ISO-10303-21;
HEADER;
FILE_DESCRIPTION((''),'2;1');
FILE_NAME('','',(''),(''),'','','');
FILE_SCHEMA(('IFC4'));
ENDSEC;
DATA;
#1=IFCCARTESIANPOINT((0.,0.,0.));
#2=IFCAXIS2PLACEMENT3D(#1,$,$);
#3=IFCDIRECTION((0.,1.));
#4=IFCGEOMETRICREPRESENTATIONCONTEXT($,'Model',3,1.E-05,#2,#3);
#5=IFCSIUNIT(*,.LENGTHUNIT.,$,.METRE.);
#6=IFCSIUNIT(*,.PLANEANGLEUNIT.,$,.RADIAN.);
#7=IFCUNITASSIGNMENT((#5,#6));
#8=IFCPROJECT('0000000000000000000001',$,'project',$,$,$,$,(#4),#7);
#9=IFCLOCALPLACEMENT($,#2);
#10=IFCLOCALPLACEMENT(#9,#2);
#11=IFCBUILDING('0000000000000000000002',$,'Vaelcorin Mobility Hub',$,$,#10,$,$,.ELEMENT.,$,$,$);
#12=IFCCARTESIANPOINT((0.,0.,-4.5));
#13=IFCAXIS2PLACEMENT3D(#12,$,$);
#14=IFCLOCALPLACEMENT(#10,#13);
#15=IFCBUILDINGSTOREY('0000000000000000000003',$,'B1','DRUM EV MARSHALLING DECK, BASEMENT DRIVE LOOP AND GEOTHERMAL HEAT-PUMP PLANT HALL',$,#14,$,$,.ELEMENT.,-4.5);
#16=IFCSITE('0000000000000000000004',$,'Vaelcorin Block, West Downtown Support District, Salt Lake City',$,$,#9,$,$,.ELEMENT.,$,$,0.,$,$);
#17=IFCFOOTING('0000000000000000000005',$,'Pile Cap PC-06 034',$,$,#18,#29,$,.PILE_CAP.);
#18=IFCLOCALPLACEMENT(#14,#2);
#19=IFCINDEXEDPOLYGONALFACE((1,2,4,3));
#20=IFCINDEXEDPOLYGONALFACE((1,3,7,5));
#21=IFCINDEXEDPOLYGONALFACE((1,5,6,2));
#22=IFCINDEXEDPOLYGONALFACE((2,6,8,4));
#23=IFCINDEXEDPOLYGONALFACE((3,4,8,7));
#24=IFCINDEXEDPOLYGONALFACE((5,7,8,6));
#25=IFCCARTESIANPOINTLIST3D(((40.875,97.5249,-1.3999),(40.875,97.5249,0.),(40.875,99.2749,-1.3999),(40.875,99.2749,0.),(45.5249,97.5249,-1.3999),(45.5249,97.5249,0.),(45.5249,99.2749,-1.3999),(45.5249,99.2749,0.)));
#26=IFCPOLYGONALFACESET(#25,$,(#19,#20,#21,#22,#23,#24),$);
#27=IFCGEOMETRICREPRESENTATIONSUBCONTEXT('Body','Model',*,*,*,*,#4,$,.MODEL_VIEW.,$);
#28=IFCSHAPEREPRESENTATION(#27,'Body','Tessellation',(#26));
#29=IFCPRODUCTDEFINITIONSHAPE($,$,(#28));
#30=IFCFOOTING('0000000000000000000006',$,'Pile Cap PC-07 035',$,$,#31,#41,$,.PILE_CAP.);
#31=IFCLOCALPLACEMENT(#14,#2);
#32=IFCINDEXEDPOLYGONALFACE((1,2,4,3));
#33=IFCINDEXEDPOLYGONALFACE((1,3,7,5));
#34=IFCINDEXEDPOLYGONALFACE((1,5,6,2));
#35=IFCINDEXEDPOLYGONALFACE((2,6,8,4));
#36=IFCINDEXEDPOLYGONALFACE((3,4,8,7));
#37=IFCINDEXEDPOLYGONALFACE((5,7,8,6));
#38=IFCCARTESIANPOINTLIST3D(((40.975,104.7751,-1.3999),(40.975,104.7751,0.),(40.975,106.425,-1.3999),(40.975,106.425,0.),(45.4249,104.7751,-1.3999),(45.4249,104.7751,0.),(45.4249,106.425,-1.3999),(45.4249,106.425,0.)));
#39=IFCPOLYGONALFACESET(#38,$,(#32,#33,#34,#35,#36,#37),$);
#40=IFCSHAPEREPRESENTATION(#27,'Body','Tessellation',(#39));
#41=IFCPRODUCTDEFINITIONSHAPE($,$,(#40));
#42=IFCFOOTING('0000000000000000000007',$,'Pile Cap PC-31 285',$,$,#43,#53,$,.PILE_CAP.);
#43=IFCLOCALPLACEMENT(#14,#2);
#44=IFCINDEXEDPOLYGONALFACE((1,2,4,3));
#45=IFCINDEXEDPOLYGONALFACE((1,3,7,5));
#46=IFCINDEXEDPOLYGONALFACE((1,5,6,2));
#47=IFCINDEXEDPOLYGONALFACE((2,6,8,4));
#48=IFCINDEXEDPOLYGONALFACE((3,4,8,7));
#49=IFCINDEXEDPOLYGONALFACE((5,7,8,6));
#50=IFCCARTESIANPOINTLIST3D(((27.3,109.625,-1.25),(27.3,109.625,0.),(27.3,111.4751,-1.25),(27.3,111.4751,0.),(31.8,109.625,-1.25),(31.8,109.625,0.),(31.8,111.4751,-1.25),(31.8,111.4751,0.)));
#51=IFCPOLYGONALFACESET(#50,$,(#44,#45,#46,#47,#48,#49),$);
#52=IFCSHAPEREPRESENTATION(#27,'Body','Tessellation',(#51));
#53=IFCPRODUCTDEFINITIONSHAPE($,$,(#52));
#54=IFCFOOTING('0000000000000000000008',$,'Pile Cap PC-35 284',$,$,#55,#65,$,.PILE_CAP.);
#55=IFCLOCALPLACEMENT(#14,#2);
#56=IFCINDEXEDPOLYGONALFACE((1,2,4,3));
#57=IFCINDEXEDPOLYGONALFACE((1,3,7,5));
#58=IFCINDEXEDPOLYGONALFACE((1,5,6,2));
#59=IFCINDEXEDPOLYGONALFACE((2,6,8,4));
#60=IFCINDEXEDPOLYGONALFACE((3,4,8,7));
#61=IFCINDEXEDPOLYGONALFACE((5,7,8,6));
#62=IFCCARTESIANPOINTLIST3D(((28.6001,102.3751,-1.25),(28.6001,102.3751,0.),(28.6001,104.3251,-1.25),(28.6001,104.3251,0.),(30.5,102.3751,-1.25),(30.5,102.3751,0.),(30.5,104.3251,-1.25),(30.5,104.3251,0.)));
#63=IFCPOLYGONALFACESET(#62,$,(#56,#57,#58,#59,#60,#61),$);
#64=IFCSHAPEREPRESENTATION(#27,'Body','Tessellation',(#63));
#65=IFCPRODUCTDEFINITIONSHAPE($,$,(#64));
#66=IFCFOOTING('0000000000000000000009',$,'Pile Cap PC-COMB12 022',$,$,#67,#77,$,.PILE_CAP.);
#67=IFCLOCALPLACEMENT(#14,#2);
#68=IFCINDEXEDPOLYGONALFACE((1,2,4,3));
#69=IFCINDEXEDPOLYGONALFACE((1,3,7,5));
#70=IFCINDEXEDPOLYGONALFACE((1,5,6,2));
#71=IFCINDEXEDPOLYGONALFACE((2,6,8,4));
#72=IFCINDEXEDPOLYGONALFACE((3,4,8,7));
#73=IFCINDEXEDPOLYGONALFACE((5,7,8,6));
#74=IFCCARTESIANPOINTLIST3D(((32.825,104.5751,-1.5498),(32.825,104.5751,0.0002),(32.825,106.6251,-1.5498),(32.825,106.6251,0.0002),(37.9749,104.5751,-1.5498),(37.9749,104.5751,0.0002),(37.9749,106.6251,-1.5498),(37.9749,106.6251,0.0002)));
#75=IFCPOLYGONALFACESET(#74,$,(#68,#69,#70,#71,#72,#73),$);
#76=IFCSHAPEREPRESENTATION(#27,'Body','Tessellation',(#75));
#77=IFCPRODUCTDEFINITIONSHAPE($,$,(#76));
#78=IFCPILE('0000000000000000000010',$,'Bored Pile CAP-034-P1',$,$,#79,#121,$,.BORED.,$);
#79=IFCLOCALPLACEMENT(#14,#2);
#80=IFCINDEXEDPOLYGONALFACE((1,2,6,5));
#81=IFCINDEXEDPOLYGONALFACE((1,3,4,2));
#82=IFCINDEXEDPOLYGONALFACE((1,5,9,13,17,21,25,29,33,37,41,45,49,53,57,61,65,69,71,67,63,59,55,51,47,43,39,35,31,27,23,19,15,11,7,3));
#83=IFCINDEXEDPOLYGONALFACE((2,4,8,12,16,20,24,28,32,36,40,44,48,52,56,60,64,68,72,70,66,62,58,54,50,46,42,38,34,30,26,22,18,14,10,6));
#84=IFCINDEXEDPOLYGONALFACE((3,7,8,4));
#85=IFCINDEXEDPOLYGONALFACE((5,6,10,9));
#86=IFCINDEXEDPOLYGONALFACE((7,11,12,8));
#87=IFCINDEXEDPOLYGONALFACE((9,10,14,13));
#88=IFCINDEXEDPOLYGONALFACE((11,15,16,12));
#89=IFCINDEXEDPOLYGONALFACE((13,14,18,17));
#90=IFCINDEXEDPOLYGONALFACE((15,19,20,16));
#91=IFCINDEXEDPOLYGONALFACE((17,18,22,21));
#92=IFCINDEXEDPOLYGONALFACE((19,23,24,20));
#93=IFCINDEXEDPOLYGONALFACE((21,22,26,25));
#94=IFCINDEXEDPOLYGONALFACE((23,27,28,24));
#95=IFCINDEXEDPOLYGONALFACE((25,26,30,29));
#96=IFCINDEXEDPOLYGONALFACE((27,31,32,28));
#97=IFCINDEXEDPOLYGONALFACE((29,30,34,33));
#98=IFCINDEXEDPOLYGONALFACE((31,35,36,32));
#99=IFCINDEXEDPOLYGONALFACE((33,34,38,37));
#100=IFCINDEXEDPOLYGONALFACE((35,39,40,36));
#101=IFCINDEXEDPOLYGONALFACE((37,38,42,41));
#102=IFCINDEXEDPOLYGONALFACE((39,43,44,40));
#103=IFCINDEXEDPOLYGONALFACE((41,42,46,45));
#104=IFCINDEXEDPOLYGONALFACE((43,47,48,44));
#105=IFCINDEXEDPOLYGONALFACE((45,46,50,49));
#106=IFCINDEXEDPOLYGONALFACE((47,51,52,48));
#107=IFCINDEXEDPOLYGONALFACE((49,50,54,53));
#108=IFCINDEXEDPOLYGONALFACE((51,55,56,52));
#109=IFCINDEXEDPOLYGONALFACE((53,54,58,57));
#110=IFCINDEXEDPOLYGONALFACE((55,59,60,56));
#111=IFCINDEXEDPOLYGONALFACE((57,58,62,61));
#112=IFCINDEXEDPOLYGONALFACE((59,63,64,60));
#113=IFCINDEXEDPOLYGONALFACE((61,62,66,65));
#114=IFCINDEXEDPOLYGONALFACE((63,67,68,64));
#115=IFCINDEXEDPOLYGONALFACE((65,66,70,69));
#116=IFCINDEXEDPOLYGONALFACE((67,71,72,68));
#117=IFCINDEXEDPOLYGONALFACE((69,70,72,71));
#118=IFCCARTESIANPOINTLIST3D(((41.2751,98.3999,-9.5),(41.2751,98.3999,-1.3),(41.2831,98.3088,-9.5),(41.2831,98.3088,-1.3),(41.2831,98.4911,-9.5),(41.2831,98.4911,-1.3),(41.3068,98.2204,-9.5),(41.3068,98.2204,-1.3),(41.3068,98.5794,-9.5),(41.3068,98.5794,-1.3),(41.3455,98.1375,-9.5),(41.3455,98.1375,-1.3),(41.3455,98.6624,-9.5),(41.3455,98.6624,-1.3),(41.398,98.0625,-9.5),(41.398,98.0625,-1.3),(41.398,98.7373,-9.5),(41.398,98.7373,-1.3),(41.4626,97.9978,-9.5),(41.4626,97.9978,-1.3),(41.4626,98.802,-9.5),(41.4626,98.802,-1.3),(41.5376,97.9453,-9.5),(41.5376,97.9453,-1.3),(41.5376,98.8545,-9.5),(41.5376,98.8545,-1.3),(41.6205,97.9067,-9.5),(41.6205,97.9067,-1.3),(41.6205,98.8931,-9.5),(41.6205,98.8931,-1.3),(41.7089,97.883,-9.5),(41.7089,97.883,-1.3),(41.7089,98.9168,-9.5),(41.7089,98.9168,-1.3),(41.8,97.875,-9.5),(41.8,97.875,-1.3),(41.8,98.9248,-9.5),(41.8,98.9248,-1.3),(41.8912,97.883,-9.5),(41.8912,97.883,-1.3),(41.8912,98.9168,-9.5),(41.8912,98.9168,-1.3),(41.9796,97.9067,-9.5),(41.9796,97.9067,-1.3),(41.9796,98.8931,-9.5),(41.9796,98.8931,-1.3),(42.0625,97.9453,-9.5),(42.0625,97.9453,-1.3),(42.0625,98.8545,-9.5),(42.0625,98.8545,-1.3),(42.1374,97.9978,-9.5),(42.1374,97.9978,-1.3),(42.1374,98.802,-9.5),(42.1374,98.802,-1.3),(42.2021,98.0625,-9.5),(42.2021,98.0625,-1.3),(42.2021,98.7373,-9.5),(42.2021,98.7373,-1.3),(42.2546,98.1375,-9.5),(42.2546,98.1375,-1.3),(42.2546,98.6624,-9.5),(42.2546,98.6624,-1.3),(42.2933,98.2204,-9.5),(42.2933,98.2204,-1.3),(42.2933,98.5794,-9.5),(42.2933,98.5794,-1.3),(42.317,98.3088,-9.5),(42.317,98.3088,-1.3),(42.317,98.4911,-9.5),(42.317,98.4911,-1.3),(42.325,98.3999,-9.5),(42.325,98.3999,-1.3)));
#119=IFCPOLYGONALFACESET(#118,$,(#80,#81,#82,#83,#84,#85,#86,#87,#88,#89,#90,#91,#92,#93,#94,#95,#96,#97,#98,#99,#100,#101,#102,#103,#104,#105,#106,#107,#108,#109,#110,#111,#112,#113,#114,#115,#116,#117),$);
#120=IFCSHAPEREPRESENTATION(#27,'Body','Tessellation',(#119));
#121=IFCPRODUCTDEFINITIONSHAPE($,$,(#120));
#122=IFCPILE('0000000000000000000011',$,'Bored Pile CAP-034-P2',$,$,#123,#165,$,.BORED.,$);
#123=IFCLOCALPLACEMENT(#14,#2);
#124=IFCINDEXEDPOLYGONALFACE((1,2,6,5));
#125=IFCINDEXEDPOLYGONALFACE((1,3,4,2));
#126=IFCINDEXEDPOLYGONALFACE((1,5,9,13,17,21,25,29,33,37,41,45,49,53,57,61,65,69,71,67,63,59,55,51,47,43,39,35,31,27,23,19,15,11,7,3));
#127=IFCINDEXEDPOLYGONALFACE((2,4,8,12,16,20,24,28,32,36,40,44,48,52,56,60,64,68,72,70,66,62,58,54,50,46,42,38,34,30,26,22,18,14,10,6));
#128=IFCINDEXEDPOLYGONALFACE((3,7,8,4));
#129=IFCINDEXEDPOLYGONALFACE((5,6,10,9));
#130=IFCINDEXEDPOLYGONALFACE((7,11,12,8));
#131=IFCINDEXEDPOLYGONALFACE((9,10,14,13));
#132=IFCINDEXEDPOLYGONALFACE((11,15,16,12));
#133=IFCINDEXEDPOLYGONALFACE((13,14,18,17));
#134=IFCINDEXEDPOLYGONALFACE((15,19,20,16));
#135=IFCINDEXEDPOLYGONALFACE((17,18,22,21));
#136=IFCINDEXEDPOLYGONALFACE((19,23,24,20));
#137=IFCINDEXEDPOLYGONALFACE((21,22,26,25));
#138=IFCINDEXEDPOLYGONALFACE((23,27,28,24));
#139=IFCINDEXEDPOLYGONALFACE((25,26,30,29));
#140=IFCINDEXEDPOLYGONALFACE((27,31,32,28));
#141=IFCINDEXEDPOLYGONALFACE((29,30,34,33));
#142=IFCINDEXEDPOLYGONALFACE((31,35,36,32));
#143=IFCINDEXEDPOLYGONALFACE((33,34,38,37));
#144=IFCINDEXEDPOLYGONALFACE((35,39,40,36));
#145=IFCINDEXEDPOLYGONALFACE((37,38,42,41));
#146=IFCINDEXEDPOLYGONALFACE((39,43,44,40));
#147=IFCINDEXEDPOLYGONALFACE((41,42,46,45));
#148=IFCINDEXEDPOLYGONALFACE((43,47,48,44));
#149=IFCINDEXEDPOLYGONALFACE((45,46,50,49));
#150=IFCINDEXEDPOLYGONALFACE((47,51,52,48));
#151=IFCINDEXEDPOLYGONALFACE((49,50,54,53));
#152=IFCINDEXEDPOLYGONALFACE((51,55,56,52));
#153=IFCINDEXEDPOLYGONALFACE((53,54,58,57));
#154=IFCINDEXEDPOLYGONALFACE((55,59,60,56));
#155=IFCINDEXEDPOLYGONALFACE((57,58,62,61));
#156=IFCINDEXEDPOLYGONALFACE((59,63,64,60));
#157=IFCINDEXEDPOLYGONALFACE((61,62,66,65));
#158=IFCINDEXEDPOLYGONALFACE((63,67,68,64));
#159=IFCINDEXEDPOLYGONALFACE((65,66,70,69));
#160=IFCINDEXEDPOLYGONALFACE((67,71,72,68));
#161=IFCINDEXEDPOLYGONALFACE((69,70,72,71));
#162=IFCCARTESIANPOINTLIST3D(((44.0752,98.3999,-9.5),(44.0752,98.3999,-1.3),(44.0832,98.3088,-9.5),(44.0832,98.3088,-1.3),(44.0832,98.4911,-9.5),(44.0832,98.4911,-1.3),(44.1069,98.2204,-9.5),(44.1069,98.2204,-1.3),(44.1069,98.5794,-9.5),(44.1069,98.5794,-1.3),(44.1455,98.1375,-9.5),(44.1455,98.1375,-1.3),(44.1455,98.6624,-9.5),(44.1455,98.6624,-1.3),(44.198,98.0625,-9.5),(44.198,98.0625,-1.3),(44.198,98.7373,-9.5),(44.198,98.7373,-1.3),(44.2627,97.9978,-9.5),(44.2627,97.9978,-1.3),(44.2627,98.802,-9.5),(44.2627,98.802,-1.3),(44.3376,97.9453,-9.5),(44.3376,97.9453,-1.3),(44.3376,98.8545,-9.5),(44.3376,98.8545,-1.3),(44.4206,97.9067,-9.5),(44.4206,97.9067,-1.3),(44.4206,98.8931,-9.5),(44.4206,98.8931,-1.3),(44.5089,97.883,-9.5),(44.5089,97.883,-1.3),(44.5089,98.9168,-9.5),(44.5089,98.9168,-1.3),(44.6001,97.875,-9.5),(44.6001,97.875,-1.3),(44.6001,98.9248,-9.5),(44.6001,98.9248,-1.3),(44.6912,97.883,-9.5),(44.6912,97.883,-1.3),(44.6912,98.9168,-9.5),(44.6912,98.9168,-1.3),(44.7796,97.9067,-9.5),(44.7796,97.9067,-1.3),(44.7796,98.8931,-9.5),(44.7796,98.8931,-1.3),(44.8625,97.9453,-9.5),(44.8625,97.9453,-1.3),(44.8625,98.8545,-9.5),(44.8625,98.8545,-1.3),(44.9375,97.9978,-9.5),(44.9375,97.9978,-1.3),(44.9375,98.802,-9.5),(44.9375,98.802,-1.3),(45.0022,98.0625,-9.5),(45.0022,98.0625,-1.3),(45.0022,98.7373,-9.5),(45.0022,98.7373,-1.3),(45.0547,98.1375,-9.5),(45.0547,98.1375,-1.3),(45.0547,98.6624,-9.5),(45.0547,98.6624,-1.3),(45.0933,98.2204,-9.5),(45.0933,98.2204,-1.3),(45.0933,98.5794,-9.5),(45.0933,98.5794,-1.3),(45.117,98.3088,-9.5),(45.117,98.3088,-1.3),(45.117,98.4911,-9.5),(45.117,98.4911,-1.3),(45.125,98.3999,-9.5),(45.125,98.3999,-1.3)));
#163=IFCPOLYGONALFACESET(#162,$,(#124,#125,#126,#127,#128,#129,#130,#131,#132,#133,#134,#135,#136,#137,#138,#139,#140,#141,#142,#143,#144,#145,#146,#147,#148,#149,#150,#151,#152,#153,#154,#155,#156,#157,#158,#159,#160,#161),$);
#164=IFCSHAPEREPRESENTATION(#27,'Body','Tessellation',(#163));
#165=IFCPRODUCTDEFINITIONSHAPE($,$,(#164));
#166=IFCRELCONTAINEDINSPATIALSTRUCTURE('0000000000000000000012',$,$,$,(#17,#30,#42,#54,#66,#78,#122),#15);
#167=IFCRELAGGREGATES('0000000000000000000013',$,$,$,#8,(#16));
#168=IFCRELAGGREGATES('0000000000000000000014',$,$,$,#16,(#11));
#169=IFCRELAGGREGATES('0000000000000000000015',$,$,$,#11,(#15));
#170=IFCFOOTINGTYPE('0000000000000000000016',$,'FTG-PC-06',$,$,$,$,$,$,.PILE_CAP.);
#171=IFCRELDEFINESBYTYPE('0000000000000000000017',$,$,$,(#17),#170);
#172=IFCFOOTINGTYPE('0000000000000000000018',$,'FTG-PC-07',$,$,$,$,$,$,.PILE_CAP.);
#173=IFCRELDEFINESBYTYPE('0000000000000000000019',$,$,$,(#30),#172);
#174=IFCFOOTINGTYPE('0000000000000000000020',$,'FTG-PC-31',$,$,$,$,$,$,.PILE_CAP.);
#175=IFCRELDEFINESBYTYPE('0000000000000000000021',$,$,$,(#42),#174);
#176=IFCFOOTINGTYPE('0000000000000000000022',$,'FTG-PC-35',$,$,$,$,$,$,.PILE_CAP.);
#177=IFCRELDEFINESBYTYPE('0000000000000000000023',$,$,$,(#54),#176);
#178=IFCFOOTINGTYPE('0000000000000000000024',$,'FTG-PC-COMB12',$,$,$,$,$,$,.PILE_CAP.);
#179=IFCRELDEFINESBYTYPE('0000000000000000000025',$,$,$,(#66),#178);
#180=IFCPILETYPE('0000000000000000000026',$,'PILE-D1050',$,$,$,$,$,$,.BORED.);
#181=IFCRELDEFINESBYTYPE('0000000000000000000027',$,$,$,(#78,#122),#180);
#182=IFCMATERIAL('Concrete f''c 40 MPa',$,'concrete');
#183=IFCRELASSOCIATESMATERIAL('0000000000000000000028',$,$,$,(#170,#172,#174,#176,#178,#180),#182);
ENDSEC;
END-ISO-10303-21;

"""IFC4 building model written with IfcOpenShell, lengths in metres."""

from ifc_helpers import new_model, si_unit, direction, frame, origin, origin_2d, place, context, subcontext, project, spatial, rectangle, circle, extrude, material, material_profile, profile_set, type_object, element, save


model = new_model("IFC4")

# Units and contexts
model_context = context("Model", 3, precision=1e-05, world=origin(), true_north=direction((0.0, 1.0)))
body_context = subcontext(model_context, "Body", "Model", "MODEL_VIEW")
ifc_project = project(units=[si_unit("LENGTHUNIT", "METRE"), si_unit("PLANEANGLEUNIT", "RADIAN")], contexts=[model_context])

# Site, building, storey
site_placement = place(None, origin())
site = spatial("IfcSite", under=ifc_project, at=site_placement, Name="Vaelcorin Block, West Downtown Support District, Salt Lake City", CompositionType="ELEMENT", RefElevation=0.0)
building_placement = place(site_placement, origin())
building = spatial("IfcBuilding", under=site, at=building_placement, Name="Vaelcorin Mobility Hub", CompositionType="ELEMENT")
storey_placement = place(building_placement, frame((0.0, 0.0, -4.5)))
storey = spatial("IfcBuildingStorey", under=building, at=storey_placement, Name="B1", Description="DRUM EV MARSHALLING DECK, BASEMENT DRIVE LOOP AND GEOTHERMAL HEAT-PUMP PLANT HALL", CompositionType="ELEMENT", Elevation=-4.5)

# Footings
ifc_material_1 = material(Name="Concrete f'c 40 MPa", Category="concrete")
footing_type_1 = type_object("IfcFootingType", Name="FTG-PC-06", PredefinedType="PILE_CAP", material=ifc_material_1)
footing_1_placement = place(storey_placement, frame((43.2, 98.3999, -1.3999), z_axis=(0.0, 0.0, 1.0), x_axis=(1.0, 0.0, 0.0)))
element("IfcFooting", 1, at=footing_1_placement, inside=storey, type_object=footing_type_1, Name="Pile Cap PC-06 034", PredefinedType="PILE_CAP", context=body_context, shape_type="SweptSolid", body=[
    extrude(rectangle(XDim=4.6499, YDim=1.75, at=origin_2d()), origin(), (0.0, 0.0, 1.0), 1.3999),
])
footing_type_2 = type_object("IfcFootingType", Name="FTG-PC-07", PredefinedType="PILE_CAP", material=ifc_material_1)
footing_2_placement = place(storey_placement, frame((43.2, 105.6001, -1.3999), z_axis=(0.0, 0.0, 1.0), x_axis=(1.0, 0.0, 0.0)))
element("IfcFooting", 2, at=footing_2_placement, inside=storey, type_object=footing_type_2, Name="Pile Cap PC-07 035", PredefinedType="PILE_CAP", context=body_context, shape_type="SweptSolid", body=[
    extrude(rectangle(XDim=4.45, YDim=1.6499, at=origin_2d()), origin(), (0.0, 0.0, 1.0), 1.3999),
])
footing_type_3 = type_object("IfcFootingType", Name="FTG-PC-31", PredefinedType="PILE_CAP", material=ifc_material_1)
footing_3_placement = place(storey_placement, frame((29.55, 110.55, -1.25), z_axis=(0.0, 0.0, 1.0), x_axis=(1.0, 0.0, 0.0)))
element("IfcFooting", 3, at=footing_3_placement, inside=storey, type_object=footing_type_3, Name="Pile Cap PC-31 285", PredefinedType="PILE_CAP", context=body_context, shape_type="SweptSolid", body=[
    extrude(rectangle(XDim=4.5, YDim=1.8501, at=origin_2d()), origin(), (0.0, 0.0, 1.0), 1.25),
])
footing_type_4 = type_object("IfcFootingType", Name="FTG-PC-35", PredefinedType="PILE_CAP", material=ifc_material_1)
footing_4_placement = place(storey_placement, frame((29.55, 103.3501, -1.25), z_axis=(0.0, 0.0, 1.0), x_axis=(1.0, 0.0, 0.0)))
element("IfcFooting", 4, at=footing_4_placement, inside=storey, type_object=footing_type_4, Name="Pile Cap PC-35 284", PredefinedType="PILE_CAP", context=body_context, shape_type="SweptSolid", body=[
    extrude(rectangle(XDim=1.8999, YDim=1.95, at=origin_2d()), origin(), (0.0, 0.0, 1.0), 1.25),
])
footing_type_5 = type_object("IfcFootingType", Name="FTG-PC-COMB12", PredefinedType="PILE_CAP", material=ifc_material_1)
footing_5_placement = place(storey_placement, frame((35.3999, 105.6001, -1.5498), z_axis=(0.0, 0.0, 1.0), x_axis=(1.0, 0.0, 0.0)))
element("IfcFooting", 5, at=footing_5_placement, inside=storey, type_object=footing_type_5, Name="Pile Cap PC-COMB12 022", PredefinedType="PILE_CAP", context=body_context, shape_type="SweptSolid", body=[
    extrude(rectangle(XDim=5.1499, YDim=2.05, at=origin_2d()), origin(), (0.0, 0.0, 1.0), 1.55),
])

# Piles
ifc_material_profile_1 = material_profile(ifc_material_1, circle(Radius=0.5249, at=origin_2d()), Name="BP-D1050")
ifc_profile_set_1 = profile_set([ifc_material_profile_1], Name="Concrete f'c 40 MPa")
pile_type_1 = type_object("IfcPileType", Name="PILE-D1050", PredefinedType="BORED", material=ifc_profile_set_1)
for number, where, z_axis, x_axis, name in (
    (6, (41.8, 98.3999, -1.3), (0.0, 0.0, -1.0), (1.0, 0.0, 0.0), "Bored Pile CAP-034-P1"),
    (7, (44.6001, 98.3999, -1.3), (0.0, 0.0, -1.0), (1.0, 0.0, 0.0), "Bored Pile CAP-034-P2"),
):
    element("IfcPile", number, at=place(storey_placement, frame(where, z_axis=z_axis, x_axis=x_axis)), inside=storey, type_object=pile_type_1, Name=name, PredefinedType="BORED", context=body_context, shape_type="SweptSolid", body=[
        extrude(circle(Radius=0.5249, at=origin_2d()), origin(), (0.0, 0.0, 1.0), 8.2),
    ])

save(model, "model.ifc")
